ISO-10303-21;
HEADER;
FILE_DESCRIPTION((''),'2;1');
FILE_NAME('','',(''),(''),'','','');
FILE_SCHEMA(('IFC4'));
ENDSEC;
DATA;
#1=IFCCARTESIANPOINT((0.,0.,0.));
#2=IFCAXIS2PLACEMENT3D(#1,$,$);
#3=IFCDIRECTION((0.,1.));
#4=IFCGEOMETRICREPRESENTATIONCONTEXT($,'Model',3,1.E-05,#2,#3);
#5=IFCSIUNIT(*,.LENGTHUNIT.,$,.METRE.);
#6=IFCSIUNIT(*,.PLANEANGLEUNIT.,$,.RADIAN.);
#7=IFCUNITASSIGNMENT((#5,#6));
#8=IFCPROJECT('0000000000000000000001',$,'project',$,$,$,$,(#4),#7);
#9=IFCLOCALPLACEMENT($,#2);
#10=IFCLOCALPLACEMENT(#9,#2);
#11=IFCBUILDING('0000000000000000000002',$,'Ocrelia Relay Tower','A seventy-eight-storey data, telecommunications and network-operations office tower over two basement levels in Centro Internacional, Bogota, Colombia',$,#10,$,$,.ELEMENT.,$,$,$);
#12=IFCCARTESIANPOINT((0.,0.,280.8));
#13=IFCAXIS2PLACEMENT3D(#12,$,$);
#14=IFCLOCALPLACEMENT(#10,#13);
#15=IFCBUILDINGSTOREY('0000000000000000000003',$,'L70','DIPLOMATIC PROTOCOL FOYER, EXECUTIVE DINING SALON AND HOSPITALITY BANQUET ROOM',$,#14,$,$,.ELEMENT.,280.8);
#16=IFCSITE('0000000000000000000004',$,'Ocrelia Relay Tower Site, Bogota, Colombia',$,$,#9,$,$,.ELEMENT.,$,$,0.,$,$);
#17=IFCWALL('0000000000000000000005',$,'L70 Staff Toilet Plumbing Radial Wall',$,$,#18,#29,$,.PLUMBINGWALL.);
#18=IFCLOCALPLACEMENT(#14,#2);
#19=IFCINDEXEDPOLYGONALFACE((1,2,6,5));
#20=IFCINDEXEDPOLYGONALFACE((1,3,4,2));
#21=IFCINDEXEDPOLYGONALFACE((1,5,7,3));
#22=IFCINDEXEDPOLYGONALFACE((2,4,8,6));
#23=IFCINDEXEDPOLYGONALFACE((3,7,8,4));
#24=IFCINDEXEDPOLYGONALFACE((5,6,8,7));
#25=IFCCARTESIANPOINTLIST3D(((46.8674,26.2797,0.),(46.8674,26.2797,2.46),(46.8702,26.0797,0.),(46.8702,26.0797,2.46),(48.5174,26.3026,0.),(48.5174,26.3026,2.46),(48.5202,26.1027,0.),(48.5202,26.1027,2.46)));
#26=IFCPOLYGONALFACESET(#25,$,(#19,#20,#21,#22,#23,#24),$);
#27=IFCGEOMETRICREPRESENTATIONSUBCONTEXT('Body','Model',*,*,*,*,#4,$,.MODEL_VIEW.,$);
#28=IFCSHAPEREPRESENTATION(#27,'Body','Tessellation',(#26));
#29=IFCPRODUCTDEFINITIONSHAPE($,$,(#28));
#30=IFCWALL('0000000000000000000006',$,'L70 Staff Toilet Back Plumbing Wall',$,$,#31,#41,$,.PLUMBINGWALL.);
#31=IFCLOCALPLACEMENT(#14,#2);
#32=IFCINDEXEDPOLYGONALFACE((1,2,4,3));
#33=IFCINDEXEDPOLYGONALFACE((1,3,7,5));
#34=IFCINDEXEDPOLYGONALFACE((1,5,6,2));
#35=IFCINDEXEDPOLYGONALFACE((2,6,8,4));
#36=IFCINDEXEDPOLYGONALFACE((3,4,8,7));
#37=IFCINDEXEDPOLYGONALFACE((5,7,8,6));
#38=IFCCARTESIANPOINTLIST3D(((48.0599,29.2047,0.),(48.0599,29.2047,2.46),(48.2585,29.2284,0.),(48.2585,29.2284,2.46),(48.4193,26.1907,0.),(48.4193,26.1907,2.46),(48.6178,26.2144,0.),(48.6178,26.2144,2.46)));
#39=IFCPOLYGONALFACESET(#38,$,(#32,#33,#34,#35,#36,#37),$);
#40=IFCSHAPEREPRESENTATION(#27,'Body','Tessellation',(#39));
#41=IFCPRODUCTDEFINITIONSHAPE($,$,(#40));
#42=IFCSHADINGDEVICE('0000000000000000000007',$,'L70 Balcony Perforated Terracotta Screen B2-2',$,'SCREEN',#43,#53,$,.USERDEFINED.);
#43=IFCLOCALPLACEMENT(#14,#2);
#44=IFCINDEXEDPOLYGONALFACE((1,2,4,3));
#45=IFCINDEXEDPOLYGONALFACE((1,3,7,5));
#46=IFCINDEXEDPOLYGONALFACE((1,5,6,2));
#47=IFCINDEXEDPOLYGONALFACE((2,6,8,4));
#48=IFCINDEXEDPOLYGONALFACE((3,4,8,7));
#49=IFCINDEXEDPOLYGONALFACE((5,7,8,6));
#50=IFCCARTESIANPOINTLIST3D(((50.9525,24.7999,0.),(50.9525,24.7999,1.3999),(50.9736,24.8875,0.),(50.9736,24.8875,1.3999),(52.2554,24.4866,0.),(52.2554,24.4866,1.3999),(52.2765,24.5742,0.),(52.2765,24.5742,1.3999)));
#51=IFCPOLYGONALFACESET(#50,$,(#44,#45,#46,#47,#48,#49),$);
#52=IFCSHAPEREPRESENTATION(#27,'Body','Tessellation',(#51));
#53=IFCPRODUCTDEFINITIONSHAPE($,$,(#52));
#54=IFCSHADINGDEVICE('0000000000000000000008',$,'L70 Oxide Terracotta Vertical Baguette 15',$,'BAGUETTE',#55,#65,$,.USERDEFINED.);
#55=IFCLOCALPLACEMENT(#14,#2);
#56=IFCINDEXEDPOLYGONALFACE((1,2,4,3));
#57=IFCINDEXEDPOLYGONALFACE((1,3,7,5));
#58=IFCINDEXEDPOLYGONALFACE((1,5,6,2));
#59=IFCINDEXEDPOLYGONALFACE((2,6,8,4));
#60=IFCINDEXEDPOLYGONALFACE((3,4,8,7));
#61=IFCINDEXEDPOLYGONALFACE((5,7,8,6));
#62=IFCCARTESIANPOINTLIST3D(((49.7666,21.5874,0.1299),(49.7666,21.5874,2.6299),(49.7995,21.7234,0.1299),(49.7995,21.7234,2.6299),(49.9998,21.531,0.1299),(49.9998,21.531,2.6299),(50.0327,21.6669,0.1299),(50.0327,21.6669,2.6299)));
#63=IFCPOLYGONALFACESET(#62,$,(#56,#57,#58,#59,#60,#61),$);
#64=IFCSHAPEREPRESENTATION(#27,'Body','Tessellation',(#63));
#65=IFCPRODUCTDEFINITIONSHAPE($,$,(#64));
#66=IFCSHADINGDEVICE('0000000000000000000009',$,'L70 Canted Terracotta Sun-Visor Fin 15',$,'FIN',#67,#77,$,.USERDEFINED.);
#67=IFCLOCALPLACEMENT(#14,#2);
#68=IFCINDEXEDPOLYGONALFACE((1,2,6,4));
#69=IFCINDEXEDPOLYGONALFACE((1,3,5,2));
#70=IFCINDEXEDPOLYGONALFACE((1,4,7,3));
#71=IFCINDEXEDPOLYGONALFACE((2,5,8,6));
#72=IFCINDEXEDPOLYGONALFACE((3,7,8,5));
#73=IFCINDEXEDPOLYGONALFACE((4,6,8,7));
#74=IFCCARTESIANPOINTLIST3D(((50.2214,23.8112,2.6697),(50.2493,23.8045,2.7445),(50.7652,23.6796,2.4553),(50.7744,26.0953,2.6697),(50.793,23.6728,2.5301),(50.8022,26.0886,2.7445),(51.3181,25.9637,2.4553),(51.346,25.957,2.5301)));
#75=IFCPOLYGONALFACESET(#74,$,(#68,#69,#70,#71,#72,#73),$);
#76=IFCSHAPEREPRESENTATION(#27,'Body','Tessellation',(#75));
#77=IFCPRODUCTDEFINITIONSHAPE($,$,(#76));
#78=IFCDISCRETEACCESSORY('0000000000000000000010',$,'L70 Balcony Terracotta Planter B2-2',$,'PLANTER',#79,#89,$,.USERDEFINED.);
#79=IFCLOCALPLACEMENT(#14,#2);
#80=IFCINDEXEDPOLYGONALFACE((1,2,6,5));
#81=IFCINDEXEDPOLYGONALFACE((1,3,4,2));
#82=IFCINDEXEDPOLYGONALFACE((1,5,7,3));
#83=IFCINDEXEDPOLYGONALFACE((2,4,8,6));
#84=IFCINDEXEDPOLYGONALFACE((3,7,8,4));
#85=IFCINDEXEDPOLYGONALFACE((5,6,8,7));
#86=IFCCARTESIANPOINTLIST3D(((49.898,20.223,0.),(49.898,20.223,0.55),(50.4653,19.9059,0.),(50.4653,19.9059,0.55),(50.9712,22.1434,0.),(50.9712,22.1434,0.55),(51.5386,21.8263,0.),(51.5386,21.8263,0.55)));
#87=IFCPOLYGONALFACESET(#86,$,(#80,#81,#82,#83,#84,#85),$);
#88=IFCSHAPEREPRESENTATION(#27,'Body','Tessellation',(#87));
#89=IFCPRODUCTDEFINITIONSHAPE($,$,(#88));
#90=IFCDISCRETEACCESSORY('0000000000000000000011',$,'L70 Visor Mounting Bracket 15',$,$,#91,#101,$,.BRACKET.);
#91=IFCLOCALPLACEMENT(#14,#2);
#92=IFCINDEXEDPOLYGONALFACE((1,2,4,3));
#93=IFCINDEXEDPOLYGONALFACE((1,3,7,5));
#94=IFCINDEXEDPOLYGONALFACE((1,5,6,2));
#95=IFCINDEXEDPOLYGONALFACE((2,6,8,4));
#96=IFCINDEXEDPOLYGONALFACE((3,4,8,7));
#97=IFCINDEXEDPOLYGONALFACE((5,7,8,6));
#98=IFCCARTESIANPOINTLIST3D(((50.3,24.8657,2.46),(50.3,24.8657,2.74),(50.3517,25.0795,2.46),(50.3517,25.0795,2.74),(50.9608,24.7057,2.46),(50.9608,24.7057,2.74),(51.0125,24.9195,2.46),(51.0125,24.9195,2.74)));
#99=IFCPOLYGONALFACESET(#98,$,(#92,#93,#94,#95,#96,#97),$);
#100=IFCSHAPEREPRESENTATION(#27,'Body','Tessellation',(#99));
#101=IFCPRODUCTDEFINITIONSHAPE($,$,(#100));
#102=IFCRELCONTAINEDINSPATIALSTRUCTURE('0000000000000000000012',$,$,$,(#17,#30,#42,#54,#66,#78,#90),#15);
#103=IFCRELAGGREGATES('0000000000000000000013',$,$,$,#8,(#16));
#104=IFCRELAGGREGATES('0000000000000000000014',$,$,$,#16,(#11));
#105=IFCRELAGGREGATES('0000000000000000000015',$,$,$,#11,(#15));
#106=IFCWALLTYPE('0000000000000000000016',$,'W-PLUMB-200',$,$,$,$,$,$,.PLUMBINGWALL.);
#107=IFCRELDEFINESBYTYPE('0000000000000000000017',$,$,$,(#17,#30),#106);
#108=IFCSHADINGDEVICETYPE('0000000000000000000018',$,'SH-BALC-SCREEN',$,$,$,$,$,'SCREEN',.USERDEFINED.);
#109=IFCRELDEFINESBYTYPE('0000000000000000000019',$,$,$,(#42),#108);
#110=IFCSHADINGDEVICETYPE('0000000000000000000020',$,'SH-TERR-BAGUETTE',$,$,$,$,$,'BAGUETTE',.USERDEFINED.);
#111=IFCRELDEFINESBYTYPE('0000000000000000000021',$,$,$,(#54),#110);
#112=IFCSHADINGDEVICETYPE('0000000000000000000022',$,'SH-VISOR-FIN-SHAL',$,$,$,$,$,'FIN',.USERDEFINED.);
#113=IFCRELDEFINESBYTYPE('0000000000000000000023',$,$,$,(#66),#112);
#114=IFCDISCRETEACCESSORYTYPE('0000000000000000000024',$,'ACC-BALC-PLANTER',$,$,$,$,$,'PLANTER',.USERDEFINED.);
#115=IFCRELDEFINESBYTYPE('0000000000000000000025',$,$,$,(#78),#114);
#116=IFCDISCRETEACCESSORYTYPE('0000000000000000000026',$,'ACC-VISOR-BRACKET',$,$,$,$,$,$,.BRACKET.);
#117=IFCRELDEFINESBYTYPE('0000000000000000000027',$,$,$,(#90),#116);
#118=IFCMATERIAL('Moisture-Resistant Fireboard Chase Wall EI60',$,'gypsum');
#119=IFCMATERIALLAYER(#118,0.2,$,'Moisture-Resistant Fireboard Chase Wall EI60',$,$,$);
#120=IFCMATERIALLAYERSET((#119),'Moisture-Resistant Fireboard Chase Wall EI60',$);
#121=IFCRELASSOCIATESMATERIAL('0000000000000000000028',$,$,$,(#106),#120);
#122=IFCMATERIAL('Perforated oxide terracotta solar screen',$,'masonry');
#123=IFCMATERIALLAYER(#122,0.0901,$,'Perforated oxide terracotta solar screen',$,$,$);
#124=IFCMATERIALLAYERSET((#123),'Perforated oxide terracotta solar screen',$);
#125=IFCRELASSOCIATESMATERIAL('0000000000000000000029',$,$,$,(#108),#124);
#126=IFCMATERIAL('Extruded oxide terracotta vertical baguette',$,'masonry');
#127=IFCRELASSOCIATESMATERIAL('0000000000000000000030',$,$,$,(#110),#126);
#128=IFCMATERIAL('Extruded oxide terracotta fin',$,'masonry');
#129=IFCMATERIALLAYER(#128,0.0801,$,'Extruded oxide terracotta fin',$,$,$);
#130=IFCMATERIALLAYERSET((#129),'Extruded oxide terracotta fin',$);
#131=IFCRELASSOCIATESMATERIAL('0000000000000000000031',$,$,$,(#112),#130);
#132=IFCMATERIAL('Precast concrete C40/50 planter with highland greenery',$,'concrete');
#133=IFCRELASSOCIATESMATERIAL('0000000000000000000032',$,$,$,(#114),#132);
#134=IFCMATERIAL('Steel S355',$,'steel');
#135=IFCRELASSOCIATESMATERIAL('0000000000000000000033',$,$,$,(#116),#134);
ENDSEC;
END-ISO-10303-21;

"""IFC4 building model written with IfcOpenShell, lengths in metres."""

from ifc_helpers import new_model, si_unit, direction, frame, frame_2d, origin, origin_2d, place, context, subcontext, project, spatial, rectangle, extrude, material, layer, layer_set, type_object, element, save


model = new_model("IFC4")

# Units and contexts
model_context = context("Model", 3, precision=1e-05, world=origin(), true_north=direction((0.0, 1.0)))
body_context = subcontext(model_context, "Body", "Model", "MODEL_VIEW")
ifc_project = project(units=[si_unit("LENGTHUNIT", "METRE"), si_unit("PLANEANGLEUNIT", "RADIAN")], contexts=[model_context])

# Site, building, storey
site_placement = place(None, origin())
site = spatial("IfcSite", under=ifc_project, at=site_placement, Name="Ocrelia Relay Tower Site, Bogota, Colombia", CompositionType="ELEMENT", RefElevation=0.0)
building_placement = place(site_placement, origin())
building = spatial("IfcBuilding", under=site, at=building_placement, Name="Ocrelia Relay Tower", Description="A seventy-eight-storey data, telecommunications and network-operations office tower over two basement levels in Centro Internacional, Bogota, Colombia", CompositionType="ELEMENT")
storey_placement = place(building_placement, frame((0.0, 0.0, 280.8)))
storey = spatial("IfcBuildingStorey", under=building, at=storey_placement, Name="L70", Description="DIPLOMATIC PROTOCOL FOYER, EXECUTIVE DINING SALON AND HOSPITALITY BANQUET ROOM", CompositionType="ELEMENT", Elevation=280.8)

# Shared definitions
ifc_material_1 = material(Name="Steel S355", Category="steel")

# Walls
ifc_material_2 = material(Name="Moisture-Resistant Fireboard Chase Wall EI60", Category="gypsum")
ifc_layer_1 = layer(ifc_material_2, 0.2, Name="Moisture-Resistant Fireboard Chase Wall EI60")
ifc_layer_set_1 = layer_set([ifc_layer_1], Name="Moisture-Resistant Fireboard Chase Wall EI60")
wall_type_1 = type_object("IfcWallType", Name="W-PLUMB-200", PredefinedType="PLUMBINGWALL", material=ifc_layer_set_1)
wall_1_placement = place(storey_placement, frame((46.8687, 26.1797, 0.0), z_axis=(0.0, 0.0, 1.0), x_axis=(0.999903, 0.013908, 0.0)))
element("IfcWall", 1, at=wall_1_placement, inside=storey, type_object=wall_type_1, Name="L70 Staff Toilet Plumbing Radial Wall", PredefinedType="PLUMBINGWALL", context=body_context, shape_type="SweptSolid", body=[
    extrude(rectangle(XDim=1.6501, YDim=0.2, at=frame_2d((0.8252, 0.0))), origin(), (0.0, 0.0, 1.0), 2.46),
])
wall_2_placement = place(storey_placement, frame((48.5186, 26.2026, 0.0), z_axis=(0.0, 0.0, 1.0), x_axis=(-0.11839, 0.992967, 0.0)))
element("IfcWall", 2, at=wall_2_placement, inside=storey, type_object=wall_type_1, Name="L70 Staff Toilet Back Plumbing Wall", PredefinedType="PLUMBINGWALL", context=body_context, shape_type="SweptSolid", body=[
    extrude(rectangle(XDim=3.0354, YDim=0.2, at=frame_2d((1.5176, 0.0))), origin(), (0.0, 0.0, 1.0), 2.46),
])

# Shading devices
ifc_material_3 = material(Name="Perforated oxide terracotta solar screen", Category="masonry")
ifc_layer_2 = layer(ifc_material_3, 0.0901, Name="Perforated oxide terracotta solar screen")
ifc_layer_set_2 = layer_set([ifc_layer_2], Name="Perforated oxide terracotta solar screen")
shading_device_type_1 = type_object("IfcShadingDeviceType", Name="SH-BALC-SCREEN", ElementType="SCREEN", PredefinedType="USERDEFINED", material=ifc_layer_set_2)
shading_device_1_placement = place(storey_placement, frame((51.6145, 24.687, 0.0), z_axis=(0.0, 0.0, 1.0), x_axis=(0.972286, -0.233796, 0.0)))
element("IfcShadingDevice", 3, at=shading_device_1_placement, inside=storey, type_object=shading_device_type_1, Name="L70 Balcony Perforated Terracotta Screen B2-2", ObjectType="SCREEN", PredefinedType="USERDEFINED", context=body_context, shape_type="SweptSolid", body=[
    extrude(rectangle(XDim=1.3401, YDim=0.0901, at=origin_2d()), origin(), (0.0, 0.0, 1.0), 1.3999),
])
ifc_material_4 = material(Name="Extruded oxide terracotta vertical baguette", Category="masonry")
shading_device_type_2 = type_object("IfcShadingDeviceType", Name="SH-TERR-BAGUETTE", ElementType="BAGUETTE", PredefinedType="USERDEFINED", material=ifc_material_4)
shading_device_2_placement = place(storey_placement, frame((49.8997, 21.6272, 0.1299), z_axis=(0.0, 0.0, 1.0), x_axis=(0.235283, 0.971927, 0.0)))
element("IfcShadingDevice", 4, at=shading_device_2_placement, inside=storey, type_object=shading_device_type_2, Name="L70 Oxide Terracotta Vertical Baguette 15", ObjectType="BAGUETTE", PredefinedType="USERDEFINED", context=body_context, shape_type="SweptSolid", body=[
    extrude(rectangle(XDim=0.1399, YDim=0.24, at=origin_2d()), origin(), (0.0, 0.0, 1.0), 2.5),
])
ifc_material_5 = material(Name="Extruded oxide terracotta fin", Category="masonry")
ifc_layer_3 = layer(ifc_material_5, 0.0801, Name="Extruded oxide terracotta fin")
ifc_layer_set_3 = layer_set([ifc_layer_3], Name="Extruded oxide terracotta fin")
shading_device_type_3 = type_object("IfcShadingDeviceType", Name="SH-VISOR-FIN-SHAL", ElementType="FIN", PredefinedType="USERDEFINED", material=ifc_layer_set_3)
shading_device_3_placement = place(storey_placement, frame((50.7698, 24.8875, 2.5625), z_axis=(0.347832, -0.084203, 0.933768), x_axis=(0.235283, 0.971927, 0.0)))
element("IfcShadingDevice", 5, at=shading_device_3_placement, inside=storey, type_object=shading_device_type_3, Name="L70 Canted Terracotta Sun-Visor Fin 15", ObjectType="FIN", PredefinedType="USERDEFINED", context=body_context, shape_type="SweptSolid", body=[
    extrude(rectangle(XDim=2.3501, YDim=0.5991, at=origin_2d()), origin(), (0.0, 0.0, 1.0), 0.0801),
])

# Discrete accessories
ifc_material_6 = material(Name="Precast concrete C40/50 planter with highland greenery", Category="concrete")
discrete_accessory_type_1 = type_object("IfcDiscreteAccessoryType", Name="ACC-BALC-PLANTER", ElementType="PLANTER", PredefinedType="USERDEFINED", material=ifc_material_6)
discrete_accessory_1_placement = place(storey_placement, frame((50.7183, 21.0247, 0.0), z_axis=(0.0, 0.0, 1.0), x_axis=(-0.48786, -0.872922, 0.0)))
element("IfcDiscreteAccessory", 6, at=discrete_accessory_1_placement, inside=storey, type_object=discrete_accessory_type_1, Name="L70 Balcony Terracotta Planter B2-2", ObjectType="PLANTER", PredefinedType="USERDEFINED", context=body_context, shape_type="SweptSolid", body=[
    extrude(rectangle(XDim=2.2, YDim=0.6499, at=origin_2d()), origin(), (0.0, 0.0, 1.0), 0.55),
])
discrete_accessory_type_2 = type_object("IfcDiscreteAccessoryType", Name="ACC-VISOR-BRACKET", PredefinedType="BRACKET", material=ifc_material_1)
discrete_accessory_2_placement = place(storey_placement, frame((50.6562, 24.8926, 2.46), z_axis=(0.0, 0.0, 1.0), x_axis=(0.235283, 0.971927, 0.0)))
element("IfcDiscreteAccessory", 7, at=discrete_accessory_2_placement, inside=storey, type_object=discrete_accessory_type_2, Name="L70 Visor Mounting Bracket 15", PredefinedType="BRACKET", context=body_context, shape_type="SweptSolid", body=[
    extrude(rectangle(XDim=0.22, YDim=0.6799, at=origin_2d()), origin(), (0.0, 0.0, 1.0), 0.28),
])

save(model, "model.ifc")
